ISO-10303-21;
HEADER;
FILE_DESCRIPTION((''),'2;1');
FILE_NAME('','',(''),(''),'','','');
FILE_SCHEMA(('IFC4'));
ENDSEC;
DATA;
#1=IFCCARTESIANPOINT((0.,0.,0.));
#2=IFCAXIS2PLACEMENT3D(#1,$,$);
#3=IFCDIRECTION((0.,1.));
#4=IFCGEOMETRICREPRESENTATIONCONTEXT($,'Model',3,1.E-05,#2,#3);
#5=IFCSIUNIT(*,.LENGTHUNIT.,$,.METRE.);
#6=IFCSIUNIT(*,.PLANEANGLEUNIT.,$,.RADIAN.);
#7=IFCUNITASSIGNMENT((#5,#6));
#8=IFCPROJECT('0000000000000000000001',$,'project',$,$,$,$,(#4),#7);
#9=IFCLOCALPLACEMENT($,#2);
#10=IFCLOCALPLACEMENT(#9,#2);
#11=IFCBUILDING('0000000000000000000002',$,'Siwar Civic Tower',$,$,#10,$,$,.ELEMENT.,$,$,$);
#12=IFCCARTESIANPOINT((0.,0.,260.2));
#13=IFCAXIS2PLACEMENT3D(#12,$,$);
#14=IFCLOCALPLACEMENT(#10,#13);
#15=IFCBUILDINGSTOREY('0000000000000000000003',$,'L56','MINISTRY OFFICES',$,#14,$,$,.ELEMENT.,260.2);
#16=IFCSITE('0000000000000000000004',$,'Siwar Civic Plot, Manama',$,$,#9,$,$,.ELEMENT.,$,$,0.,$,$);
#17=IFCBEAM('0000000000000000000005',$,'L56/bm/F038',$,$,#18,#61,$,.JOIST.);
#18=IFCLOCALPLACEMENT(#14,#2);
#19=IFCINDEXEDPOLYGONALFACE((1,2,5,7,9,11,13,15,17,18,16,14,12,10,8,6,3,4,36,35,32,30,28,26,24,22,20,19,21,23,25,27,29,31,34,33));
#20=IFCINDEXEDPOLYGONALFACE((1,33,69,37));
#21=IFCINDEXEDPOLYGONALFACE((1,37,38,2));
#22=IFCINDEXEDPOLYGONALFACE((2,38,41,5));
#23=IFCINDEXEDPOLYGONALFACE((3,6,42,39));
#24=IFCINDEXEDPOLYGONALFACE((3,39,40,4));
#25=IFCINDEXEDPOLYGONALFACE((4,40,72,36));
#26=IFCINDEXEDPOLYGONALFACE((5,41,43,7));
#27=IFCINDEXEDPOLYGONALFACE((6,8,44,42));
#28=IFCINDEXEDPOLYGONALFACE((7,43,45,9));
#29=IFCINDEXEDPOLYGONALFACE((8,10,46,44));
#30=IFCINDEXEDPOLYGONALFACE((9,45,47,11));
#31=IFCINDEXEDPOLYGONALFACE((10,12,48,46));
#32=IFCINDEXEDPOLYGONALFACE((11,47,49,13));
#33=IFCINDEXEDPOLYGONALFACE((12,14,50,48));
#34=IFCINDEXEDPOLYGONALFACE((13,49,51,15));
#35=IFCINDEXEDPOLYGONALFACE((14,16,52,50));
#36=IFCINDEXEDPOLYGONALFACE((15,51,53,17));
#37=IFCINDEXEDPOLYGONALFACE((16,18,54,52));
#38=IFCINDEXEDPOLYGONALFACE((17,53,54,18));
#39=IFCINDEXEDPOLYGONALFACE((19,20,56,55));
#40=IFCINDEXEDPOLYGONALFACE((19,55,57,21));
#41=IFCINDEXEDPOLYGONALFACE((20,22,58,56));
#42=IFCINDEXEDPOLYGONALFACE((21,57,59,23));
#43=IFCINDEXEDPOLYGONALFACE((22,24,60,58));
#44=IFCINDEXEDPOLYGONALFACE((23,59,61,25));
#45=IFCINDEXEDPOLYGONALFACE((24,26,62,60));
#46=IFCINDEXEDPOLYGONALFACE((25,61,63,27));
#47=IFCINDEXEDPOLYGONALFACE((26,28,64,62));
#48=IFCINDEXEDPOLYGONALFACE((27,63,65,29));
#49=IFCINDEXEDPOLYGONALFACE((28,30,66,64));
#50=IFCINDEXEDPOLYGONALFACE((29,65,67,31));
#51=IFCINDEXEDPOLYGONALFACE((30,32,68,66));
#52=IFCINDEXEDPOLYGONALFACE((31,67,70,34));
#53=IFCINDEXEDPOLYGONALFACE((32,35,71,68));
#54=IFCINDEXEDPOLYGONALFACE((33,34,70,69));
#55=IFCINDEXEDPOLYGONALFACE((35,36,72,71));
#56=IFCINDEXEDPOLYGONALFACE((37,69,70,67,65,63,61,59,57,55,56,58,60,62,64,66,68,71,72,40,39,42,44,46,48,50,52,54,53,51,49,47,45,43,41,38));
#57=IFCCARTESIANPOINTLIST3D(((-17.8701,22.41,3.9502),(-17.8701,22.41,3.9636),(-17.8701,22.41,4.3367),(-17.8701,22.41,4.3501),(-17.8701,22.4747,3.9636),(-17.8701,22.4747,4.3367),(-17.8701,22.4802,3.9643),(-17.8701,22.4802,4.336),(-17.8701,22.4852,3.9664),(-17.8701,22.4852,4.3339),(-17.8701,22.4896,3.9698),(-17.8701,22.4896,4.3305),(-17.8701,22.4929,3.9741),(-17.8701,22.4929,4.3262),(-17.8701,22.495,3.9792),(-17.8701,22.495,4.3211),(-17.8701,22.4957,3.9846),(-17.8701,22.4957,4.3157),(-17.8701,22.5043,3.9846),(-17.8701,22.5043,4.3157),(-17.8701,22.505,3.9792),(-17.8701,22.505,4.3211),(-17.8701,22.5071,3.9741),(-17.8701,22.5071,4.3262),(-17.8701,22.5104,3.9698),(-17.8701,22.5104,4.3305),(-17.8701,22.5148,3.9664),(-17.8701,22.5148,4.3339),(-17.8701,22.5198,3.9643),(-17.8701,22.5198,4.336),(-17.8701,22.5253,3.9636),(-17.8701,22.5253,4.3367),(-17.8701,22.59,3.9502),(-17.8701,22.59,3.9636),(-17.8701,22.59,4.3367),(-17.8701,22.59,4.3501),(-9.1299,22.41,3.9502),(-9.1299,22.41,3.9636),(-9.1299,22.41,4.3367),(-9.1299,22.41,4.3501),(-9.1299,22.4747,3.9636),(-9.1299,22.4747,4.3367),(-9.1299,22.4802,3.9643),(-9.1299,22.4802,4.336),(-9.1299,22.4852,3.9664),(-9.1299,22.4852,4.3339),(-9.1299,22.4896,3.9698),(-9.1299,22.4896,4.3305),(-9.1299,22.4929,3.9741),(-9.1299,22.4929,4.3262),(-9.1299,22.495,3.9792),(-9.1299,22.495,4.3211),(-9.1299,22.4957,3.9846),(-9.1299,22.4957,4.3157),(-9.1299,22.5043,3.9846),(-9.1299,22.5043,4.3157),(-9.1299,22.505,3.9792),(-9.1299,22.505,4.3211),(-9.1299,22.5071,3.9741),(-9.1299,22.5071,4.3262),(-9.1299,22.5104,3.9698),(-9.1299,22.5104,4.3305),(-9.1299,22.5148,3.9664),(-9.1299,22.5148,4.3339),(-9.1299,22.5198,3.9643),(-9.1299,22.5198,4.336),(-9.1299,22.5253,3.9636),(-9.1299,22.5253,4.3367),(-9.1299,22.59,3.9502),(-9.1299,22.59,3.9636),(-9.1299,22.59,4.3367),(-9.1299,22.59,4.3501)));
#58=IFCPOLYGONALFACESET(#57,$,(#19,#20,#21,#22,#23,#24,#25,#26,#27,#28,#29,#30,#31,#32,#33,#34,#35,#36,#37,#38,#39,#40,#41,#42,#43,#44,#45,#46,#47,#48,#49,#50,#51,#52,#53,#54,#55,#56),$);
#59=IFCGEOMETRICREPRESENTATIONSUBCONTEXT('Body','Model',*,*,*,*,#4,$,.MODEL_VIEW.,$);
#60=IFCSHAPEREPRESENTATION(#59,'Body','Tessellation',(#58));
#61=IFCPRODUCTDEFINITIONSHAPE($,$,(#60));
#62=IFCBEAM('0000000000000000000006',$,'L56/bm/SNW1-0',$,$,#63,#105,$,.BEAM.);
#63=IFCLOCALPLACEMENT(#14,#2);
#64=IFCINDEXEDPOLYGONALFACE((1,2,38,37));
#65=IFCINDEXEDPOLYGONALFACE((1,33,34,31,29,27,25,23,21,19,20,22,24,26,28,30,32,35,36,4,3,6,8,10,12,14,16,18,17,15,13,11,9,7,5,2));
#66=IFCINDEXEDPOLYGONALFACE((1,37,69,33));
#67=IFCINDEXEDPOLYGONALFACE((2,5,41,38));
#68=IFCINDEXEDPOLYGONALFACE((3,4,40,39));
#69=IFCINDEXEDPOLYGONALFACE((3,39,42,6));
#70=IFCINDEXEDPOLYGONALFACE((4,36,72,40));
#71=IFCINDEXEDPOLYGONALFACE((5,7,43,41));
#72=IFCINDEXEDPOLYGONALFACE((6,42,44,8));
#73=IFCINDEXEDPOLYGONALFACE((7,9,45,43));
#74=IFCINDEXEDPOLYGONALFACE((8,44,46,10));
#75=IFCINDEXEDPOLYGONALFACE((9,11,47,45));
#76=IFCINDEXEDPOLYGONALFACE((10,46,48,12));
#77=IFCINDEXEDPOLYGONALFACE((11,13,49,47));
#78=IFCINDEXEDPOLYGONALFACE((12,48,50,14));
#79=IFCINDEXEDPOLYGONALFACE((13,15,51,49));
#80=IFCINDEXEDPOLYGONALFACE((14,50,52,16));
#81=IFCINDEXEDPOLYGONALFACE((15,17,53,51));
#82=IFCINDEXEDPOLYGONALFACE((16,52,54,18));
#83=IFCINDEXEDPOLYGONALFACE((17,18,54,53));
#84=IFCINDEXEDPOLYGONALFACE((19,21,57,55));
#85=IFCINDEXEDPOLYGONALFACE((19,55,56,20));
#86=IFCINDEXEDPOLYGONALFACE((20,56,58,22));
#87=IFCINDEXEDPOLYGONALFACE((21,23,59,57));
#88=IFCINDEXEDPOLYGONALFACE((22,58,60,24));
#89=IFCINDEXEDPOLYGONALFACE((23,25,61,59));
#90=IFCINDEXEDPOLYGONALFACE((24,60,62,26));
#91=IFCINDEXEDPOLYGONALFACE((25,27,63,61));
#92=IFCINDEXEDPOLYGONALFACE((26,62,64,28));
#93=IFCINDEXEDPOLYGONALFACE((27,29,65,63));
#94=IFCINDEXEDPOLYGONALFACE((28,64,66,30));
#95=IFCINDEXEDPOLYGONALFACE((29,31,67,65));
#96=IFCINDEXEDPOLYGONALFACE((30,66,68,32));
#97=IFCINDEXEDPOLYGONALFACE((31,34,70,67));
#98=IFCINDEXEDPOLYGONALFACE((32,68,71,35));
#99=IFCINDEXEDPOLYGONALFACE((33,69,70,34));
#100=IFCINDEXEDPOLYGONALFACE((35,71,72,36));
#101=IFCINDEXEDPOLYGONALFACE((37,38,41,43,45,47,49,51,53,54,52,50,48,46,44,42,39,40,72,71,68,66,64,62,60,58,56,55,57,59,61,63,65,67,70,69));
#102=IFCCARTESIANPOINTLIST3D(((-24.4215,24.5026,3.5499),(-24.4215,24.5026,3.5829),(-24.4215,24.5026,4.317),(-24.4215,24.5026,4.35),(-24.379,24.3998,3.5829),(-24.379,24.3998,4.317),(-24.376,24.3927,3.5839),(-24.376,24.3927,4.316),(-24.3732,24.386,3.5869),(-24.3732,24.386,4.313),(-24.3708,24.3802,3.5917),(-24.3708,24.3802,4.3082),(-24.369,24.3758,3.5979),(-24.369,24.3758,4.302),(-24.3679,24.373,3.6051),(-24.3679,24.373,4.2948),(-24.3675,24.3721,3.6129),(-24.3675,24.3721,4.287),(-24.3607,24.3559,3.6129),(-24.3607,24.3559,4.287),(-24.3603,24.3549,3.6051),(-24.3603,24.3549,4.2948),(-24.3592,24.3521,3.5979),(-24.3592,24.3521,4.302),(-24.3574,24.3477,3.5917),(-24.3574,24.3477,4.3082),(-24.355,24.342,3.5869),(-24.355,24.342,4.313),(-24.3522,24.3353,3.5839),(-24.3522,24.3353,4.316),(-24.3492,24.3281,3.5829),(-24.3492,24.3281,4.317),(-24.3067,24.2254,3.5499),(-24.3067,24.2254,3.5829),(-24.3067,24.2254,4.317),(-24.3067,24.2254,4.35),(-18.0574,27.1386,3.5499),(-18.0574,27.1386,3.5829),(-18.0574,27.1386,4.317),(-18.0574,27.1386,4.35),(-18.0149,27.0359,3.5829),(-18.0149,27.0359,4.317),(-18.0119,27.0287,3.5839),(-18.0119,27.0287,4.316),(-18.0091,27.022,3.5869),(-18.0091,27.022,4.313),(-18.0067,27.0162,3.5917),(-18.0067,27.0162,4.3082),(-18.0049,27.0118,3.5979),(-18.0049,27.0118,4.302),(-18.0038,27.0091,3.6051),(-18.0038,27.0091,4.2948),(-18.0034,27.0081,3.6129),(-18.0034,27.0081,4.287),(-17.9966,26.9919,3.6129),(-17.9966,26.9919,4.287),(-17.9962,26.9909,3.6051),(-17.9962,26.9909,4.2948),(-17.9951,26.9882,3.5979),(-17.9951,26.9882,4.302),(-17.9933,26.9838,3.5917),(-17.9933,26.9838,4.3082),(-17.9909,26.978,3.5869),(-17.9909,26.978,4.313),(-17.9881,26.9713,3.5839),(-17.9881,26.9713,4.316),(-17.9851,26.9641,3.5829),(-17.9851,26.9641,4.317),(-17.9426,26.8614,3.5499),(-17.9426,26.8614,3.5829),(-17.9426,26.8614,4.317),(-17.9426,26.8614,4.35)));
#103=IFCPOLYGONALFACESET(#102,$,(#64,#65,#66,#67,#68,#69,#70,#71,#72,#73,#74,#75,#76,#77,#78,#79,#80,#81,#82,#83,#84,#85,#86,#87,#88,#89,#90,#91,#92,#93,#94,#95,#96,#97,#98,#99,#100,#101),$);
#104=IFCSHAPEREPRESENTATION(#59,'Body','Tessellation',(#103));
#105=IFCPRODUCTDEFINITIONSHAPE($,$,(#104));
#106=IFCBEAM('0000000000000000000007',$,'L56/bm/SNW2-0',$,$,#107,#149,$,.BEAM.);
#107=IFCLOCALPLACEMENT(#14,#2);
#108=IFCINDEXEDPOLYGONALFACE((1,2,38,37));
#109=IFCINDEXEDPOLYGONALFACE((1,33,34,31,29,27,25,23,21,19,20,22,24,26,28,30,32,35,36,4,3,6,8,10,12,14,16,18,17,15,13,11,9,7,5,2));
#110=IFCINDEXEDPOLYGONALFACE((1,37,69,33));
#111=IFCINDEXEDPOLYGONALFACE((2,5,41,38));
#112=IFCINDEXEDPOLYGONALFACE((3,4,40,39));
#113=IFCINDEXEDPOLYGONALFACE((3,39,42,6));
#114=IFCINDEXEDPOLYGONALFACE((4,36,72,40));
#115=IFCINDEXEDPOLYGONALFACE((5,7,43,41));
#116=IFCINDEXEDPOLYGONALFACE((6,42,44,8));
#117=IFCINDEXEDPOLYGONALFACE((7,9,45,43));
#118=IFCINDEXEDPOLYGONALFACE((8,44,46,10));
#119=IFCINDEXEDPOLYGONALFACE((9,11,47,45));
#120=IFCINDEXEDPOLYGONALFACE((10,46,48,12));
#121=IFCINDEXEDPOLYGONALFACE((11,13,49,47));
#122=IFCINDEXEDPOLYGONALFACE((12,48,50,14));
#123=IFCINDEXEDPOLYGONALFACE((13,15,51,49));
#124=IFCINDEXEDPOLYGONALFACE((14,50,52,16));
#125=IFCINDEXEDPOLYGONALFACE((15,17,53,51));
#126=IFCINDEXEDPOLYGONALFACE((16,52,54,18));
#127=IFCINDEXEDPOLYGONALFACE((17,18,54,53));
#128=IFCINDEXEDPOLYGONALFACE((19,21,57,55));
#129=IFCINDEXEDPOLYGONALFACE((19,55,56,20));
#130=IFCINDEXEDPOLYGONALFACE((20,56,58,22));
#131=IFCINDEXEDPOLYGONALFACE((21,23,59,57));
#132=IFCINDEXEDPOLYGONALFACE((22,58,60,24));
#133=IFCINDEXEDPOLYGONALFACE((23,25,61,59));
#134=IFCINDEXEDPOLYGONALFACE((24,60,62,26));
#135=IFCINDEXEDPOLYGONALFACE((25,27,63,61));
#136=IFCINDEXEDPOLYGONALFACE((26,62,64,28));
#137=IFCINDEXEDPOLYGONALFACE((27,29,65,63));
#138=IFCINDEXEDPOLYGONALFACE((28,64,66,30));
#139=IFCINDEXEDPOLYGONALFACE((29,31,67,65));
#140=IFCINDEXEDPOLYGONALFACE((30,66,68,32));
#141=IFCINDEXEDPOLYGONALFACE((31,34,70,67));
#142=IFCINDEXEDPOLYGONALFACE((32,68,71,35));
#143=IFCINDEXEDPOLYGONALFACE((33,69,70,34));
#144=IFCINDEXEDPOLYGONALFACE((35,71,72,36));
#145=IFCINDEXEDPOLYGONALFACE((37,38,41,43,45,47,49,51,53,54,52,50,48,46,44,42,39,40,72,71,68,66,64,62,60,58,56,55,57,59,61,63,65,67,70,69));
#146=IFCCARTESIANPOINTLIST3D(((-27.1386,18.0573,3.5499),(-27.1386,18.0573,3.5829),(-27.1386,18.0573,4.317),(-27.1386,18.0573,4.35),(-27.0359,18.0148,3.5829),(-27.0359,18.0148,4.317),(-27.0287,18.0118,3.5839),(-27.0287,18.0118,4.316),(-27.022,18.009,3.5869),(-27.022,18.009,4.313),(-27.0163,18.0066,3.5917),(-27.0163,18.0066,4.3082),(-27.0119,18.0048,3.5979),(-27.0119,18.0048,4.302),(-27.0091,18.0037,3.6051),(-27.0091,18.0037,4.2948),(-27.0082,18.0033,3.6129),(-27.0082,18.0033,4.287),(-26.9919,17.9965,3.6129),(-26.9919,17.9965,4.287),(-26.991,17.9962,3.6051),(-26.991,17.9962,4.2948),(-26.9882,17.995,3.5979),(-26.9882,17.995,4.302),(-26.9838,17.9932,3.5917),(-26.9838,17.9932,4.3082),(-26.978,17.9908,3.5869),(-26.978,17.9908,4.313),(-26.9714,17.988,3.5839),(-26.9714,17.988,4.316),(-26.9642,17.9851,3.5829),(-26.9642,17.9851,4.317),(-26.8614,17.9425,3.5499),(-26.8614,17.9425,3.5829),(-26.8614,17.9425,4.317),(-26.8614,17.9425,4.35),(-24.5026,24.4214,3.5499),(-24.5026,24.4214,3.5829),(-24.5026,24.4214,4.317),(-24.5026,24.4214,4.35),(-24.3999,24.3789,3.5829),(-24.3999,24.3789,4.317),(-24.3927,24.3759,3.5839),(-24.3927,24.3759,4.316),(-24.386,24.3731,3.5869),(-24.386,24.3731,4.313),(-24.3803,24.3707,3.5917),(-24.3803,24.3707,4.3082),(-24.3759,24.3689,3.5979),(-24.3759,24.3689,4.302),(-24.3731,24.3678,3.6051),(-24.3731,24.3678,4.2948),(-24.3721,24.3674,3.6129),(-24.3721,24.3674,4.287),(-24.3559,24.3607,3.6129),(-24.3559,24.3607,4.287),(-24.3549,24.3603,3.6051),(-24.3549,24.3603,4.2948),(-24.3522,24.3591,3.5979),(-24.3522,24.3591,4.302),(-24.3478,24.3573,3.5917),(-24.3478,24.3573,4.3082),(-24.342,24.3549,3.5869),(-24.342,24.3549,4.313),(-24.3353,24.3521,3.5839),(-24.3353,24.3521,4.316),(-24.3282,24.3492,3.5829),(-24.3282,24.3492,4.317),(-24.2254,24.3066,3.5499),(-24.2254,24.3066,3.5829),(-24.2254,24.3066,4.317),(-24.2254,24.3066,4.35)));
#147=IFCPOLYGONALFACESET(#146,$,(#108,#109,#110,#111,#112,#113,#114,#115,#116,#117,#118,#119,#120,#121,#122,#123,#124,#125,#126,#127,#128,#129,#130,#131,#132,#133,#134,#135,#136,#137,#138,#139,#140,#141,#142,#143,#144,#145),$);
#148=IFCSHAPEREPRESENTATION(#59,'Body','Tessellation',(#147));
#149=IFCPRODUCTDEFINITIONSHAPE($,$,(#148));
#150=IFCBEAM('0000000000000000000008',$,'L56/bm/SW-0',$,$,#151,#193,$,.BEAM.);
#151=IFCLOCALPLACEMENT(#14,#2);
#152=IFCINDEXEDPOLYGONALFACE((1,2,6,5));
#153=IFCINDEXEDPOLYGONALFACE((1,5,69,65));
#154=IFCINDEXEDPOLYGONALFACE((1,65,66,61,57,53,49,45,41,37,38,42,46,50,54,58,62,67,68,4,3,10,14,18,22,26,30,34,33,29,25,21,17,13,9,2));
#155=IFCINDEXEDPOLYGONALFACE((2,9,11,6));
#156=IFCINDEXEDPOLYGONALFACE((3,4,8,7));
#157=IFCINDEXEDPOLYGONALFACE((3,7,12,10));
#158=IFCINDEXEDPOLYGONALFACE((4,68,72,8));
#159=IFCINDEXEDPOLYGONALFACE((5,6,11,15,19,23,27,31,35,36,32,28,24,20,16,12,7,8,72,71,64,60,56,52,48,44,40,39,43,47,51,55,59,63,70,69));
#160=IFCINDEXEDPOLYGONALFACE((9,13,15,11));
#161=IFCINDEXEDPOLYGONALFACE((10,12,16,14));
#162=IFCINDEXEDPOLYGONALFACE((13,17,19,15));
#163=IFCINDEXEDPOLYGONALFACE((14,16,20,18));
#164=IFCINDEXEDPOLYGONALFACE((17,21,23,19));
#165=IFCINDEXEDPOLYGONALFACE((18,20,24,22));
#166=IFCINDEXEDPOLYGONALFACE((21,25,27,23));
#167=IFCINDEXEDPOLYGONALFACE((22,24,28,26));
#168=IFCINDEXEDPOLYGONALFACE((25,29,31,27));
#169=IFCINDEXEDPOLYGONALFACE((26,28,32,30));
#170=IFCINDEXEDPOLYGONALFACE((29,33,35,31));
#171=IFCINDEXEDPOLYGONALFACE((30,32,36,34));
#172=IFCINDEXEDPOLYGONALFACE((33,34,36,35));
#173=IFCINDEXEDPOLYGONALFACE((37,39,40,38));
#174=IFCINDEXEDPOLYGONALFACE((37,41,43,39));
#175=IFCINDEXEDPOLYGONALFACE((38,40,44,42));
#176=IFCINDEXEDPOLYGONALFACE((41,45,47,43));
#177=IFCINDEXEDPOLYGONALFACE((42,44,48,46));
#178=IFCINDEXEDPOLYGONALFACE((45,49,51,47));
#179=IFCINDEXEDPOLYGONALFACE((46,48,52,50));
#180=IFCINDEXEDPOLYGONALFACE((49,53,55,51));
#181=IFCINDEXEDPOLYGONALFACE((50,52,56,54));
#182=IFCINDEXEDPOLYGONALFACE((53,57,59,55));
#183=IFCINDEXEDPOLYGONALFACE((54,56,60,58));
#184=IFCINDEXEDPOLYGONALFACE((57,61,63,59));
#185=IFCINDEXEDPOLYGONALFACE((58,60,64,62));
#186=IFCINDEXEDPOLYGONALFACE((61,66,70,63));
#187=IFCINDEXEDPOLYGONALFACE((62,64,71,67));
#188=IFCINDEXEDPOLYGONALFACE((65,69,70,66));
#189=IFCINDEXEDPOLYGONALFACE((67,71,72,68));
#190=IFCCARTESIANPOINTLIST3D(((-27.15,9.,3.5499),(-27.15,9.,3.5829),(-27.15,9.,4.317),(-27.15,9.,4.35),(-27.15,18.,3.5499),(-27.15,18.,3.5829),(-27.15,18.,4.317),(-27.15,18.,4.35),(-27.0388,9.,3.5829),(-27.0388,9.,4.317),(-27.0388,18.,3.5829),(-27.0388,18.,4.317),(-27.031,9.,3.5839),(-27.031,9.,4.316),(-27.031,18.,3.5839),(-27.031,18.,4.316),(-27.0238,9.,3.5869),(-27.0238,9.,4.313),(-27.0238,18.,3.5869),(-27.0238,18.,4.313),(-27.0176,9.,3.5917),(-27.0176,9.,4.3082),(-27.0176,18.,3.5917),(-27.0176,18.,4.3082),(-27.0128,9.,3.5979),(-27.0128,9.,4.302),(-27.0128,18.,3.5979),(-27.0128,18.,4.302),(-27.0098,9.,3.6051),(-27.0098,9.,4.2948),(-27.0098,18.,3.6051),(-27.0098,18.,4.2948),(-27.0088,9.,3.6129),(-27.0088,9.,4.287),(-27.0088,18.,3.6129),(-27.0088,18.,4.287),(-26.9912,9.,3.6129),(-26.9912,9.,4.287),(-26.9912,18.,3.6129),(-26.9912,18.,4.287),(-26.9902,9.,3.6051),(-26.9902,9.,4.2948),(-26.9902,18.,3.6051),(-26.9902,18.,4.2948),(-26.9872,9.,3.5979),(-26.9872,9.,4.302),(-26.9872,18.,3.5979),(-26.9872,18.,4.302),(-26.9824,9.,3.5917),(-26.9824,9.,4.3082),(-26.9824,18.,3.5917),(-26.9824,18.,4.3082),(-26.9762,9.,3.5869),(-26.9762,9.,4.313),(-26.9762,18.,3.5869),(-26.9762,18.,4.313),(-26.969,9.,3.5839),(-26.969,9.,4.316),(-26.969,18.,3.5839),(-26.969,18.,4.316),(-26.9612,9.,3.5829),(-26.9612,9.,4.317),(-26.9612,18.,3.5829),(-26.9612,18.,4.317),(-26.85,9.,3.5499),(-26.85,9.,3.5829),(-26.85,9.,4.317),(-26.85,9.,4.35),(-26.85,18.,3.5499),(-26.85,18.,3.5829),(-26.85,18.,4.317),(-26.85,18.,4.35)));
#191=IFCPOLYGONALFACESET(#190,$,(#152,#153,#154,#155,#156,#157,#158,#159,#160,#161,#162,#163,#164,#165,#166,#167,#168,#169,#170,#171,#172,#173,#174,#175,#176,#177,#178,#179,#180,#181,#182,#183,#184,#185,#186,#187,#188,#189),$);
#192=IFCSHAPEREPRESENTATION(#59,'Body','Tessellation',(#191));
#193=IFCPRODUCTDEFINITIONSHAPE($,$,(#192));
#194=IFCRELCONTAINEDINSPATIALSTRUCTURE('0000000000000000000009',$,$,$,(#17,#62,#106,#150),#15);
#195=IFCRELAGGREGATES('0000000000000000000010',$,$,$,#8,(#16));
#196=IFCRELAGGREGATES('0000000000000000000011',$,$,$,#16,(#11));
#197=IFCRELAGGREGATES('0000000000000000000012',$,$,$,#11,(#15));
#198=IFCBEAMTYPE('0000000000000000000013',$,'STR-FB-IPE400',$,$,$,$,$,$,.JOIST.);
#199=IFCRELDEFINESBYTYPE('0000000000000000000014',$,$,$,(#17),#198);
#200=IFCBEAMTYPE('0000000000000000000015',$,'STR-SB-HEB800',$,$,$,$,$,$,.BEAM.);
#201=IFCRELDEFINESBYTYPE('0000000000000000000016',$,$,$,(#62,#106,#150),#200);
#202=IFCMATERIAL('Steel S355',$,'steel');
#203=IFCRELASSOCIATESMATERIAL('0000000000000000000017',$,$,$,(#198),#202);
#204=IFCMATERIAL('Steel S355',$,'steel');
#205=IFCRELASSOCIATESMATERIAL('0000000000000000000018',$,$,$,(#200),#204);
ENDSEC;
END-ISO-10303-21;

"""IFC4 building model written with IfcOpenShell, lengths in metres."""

from ifc_helpers import new_model, si_unit, direction, frame, origin, origin_2d, place, context, subcontext, project, spatial, i_section, extrude, material, material_profile, profile_set, type_object, element, save


model = new_model("IFC4")

# Units and contexts
model_context = context("Model", 3, precision=1e-05, world=origin(), true_north=direction((0.0, 1.0)))
body_context = subcontext(model_context, "Body", "Model", "MODEL_VIEW")
ifc_project = project(units=[si_unit("LENGTHUNIT", "METRE"), si_unit("PLANEANGLEUNIT", "RADIAN")], contexts=[model_context])

# Site, building, storey
site_placement = place(None, origin())
site = spatial("IfcSite", under=ifc_project, at=site_placement, Name="Siwar Civic Plot, Manama", CompositionType="ELEMENT", RefElevation=0.0)
building_placement = place(site_placement, origin())
building = spatial("IfcBuilding", under=site, at=building_placement, Name="Siwar Civic Tower", CompositionType="ELEMENT")
storey_placement = place(building_placement, frame((0.0, 0.0, 260.2)))
storey = spatial("IfcBuildingStorey", under=building, at=storey_placement, Name="L56", Description="MINISTRY OFFICES", CompositionType="ELEMENT", Elevation=260.2)

# Beams
ifc_material_1 = material(Name="Steel S355", Category="steel")
ifc_material_profile_1 = material_profile(ifc_material_1, i_section(OverallWidth=0.1799, OverallDepth=0.3999, WebThickness=0.0085, FlangeThickness=0.0134, FilletRadius=0.021, at=origin_2d()), Name="IPE400")
ifc_profile_set_1 = profile_set([ifc_material_profile_1], Name="Steel S355")
beam_type_1 = type_object("IfcBeamType", Name="STR-FB-IPE400", PredefinedType="JOIST", material=ifc_profile_set_1)
beam_1_placement = place(storey_placement, frame((-17.8701, 22.5, 4.1501), z_axis=(1.0, 0.0, 0.0), x_axis=(0.0, 1.0, 0.0)))
element("IfcBeam", 1, at=beam_1_placement, inside=storey, type_object=beam_type_1, Name="L56/bm/F038", PredefinedType="JOIST", context=body_context, shape_type="SweptSolid", body=[
    extrude(i_section(OverallWidth=0.1799, OverallDepth=0.3999, WebThickness=0.0085, FlangeThickness=0.0134, FilletRadius=0.021, at=origin_2d()), origin(), (0.0, 0.0, 1.0), 8.7402),
])
ifc_material_2 = material(Name="Steel S355", Category="steel")
ifc_material_profile_2 = material_profile(ifc_material_2, i_section(OverallWidth=0.3, OverallDepth=0.8, WebThickness=0.0176, FlangeThickness=0.033, FilletRadius=0.03, at=origin_2d()), Name="HEB800")
ifc_profile_set_2 = profile_set([ifc_material_profile_2], Name="Steel S355")
beam_type_2 = type_object("IfcBeamType", Name="STR-SB-HEB800", PredefinedType="BEAM", material=ifc_profile_set_2)
for number, where, z_axis, x_axis, name in (
    (2, (-18.0, 27.0, 3.95), (-0.923883, -0.382674, 0.0), (0.382674, -0.923883, 0.0), "L56/bm/SNW1-0"),
    (3, (-24.364, 24.364, 3.95), (-0.382674, -0.923883, 0.0), (0.923883, -0.382674, 0.0), "L56/bm/SNW2-0"),
):
    element("IfcBeam", number, at=place(storey_placement, frame(where, z_axis=z_axis, x_axis=x_axis)), inside=storey, type_object=beam_type_2, Name=name, PredefinedType="BEAM", context=body_context, shape_type="SweptSolid", body=[
        extrude(i_section(OverallWidth=0.3, OverallDepth=0.8, WebThickness=0.0176, FlangeThickness=0.033, FilletRadius=0.03, at=origin_2d()), origin(), (0.0, 0.0, 1.0), 6.8884),
    ])
beam_2_placement = place(storey_placement, frame((-27.0, 18.0, 3.95), z_axis=(0.0, -1.0, 0.0), x_axis=(1.0, 0.0, 0.0)))
element("IfcBeam", 4, at=beam_2_placement, inside=storey, type_object=beam_type_2, Name="L56/bm/SW-0", PredefinedType="BEAM", context=body_context, shape_type="SweptSolid", body=[
    extrude(i_section(OverallWidth=0.3, OverallDepth=0.8, WebThickness=0.0176, FlangeThickness=0.033, FilletRadius=0.03, at=origin_2d()), origin(), (0.0, 0.0, 1.0), 9.0),
])

save(model, "model.ifc")
